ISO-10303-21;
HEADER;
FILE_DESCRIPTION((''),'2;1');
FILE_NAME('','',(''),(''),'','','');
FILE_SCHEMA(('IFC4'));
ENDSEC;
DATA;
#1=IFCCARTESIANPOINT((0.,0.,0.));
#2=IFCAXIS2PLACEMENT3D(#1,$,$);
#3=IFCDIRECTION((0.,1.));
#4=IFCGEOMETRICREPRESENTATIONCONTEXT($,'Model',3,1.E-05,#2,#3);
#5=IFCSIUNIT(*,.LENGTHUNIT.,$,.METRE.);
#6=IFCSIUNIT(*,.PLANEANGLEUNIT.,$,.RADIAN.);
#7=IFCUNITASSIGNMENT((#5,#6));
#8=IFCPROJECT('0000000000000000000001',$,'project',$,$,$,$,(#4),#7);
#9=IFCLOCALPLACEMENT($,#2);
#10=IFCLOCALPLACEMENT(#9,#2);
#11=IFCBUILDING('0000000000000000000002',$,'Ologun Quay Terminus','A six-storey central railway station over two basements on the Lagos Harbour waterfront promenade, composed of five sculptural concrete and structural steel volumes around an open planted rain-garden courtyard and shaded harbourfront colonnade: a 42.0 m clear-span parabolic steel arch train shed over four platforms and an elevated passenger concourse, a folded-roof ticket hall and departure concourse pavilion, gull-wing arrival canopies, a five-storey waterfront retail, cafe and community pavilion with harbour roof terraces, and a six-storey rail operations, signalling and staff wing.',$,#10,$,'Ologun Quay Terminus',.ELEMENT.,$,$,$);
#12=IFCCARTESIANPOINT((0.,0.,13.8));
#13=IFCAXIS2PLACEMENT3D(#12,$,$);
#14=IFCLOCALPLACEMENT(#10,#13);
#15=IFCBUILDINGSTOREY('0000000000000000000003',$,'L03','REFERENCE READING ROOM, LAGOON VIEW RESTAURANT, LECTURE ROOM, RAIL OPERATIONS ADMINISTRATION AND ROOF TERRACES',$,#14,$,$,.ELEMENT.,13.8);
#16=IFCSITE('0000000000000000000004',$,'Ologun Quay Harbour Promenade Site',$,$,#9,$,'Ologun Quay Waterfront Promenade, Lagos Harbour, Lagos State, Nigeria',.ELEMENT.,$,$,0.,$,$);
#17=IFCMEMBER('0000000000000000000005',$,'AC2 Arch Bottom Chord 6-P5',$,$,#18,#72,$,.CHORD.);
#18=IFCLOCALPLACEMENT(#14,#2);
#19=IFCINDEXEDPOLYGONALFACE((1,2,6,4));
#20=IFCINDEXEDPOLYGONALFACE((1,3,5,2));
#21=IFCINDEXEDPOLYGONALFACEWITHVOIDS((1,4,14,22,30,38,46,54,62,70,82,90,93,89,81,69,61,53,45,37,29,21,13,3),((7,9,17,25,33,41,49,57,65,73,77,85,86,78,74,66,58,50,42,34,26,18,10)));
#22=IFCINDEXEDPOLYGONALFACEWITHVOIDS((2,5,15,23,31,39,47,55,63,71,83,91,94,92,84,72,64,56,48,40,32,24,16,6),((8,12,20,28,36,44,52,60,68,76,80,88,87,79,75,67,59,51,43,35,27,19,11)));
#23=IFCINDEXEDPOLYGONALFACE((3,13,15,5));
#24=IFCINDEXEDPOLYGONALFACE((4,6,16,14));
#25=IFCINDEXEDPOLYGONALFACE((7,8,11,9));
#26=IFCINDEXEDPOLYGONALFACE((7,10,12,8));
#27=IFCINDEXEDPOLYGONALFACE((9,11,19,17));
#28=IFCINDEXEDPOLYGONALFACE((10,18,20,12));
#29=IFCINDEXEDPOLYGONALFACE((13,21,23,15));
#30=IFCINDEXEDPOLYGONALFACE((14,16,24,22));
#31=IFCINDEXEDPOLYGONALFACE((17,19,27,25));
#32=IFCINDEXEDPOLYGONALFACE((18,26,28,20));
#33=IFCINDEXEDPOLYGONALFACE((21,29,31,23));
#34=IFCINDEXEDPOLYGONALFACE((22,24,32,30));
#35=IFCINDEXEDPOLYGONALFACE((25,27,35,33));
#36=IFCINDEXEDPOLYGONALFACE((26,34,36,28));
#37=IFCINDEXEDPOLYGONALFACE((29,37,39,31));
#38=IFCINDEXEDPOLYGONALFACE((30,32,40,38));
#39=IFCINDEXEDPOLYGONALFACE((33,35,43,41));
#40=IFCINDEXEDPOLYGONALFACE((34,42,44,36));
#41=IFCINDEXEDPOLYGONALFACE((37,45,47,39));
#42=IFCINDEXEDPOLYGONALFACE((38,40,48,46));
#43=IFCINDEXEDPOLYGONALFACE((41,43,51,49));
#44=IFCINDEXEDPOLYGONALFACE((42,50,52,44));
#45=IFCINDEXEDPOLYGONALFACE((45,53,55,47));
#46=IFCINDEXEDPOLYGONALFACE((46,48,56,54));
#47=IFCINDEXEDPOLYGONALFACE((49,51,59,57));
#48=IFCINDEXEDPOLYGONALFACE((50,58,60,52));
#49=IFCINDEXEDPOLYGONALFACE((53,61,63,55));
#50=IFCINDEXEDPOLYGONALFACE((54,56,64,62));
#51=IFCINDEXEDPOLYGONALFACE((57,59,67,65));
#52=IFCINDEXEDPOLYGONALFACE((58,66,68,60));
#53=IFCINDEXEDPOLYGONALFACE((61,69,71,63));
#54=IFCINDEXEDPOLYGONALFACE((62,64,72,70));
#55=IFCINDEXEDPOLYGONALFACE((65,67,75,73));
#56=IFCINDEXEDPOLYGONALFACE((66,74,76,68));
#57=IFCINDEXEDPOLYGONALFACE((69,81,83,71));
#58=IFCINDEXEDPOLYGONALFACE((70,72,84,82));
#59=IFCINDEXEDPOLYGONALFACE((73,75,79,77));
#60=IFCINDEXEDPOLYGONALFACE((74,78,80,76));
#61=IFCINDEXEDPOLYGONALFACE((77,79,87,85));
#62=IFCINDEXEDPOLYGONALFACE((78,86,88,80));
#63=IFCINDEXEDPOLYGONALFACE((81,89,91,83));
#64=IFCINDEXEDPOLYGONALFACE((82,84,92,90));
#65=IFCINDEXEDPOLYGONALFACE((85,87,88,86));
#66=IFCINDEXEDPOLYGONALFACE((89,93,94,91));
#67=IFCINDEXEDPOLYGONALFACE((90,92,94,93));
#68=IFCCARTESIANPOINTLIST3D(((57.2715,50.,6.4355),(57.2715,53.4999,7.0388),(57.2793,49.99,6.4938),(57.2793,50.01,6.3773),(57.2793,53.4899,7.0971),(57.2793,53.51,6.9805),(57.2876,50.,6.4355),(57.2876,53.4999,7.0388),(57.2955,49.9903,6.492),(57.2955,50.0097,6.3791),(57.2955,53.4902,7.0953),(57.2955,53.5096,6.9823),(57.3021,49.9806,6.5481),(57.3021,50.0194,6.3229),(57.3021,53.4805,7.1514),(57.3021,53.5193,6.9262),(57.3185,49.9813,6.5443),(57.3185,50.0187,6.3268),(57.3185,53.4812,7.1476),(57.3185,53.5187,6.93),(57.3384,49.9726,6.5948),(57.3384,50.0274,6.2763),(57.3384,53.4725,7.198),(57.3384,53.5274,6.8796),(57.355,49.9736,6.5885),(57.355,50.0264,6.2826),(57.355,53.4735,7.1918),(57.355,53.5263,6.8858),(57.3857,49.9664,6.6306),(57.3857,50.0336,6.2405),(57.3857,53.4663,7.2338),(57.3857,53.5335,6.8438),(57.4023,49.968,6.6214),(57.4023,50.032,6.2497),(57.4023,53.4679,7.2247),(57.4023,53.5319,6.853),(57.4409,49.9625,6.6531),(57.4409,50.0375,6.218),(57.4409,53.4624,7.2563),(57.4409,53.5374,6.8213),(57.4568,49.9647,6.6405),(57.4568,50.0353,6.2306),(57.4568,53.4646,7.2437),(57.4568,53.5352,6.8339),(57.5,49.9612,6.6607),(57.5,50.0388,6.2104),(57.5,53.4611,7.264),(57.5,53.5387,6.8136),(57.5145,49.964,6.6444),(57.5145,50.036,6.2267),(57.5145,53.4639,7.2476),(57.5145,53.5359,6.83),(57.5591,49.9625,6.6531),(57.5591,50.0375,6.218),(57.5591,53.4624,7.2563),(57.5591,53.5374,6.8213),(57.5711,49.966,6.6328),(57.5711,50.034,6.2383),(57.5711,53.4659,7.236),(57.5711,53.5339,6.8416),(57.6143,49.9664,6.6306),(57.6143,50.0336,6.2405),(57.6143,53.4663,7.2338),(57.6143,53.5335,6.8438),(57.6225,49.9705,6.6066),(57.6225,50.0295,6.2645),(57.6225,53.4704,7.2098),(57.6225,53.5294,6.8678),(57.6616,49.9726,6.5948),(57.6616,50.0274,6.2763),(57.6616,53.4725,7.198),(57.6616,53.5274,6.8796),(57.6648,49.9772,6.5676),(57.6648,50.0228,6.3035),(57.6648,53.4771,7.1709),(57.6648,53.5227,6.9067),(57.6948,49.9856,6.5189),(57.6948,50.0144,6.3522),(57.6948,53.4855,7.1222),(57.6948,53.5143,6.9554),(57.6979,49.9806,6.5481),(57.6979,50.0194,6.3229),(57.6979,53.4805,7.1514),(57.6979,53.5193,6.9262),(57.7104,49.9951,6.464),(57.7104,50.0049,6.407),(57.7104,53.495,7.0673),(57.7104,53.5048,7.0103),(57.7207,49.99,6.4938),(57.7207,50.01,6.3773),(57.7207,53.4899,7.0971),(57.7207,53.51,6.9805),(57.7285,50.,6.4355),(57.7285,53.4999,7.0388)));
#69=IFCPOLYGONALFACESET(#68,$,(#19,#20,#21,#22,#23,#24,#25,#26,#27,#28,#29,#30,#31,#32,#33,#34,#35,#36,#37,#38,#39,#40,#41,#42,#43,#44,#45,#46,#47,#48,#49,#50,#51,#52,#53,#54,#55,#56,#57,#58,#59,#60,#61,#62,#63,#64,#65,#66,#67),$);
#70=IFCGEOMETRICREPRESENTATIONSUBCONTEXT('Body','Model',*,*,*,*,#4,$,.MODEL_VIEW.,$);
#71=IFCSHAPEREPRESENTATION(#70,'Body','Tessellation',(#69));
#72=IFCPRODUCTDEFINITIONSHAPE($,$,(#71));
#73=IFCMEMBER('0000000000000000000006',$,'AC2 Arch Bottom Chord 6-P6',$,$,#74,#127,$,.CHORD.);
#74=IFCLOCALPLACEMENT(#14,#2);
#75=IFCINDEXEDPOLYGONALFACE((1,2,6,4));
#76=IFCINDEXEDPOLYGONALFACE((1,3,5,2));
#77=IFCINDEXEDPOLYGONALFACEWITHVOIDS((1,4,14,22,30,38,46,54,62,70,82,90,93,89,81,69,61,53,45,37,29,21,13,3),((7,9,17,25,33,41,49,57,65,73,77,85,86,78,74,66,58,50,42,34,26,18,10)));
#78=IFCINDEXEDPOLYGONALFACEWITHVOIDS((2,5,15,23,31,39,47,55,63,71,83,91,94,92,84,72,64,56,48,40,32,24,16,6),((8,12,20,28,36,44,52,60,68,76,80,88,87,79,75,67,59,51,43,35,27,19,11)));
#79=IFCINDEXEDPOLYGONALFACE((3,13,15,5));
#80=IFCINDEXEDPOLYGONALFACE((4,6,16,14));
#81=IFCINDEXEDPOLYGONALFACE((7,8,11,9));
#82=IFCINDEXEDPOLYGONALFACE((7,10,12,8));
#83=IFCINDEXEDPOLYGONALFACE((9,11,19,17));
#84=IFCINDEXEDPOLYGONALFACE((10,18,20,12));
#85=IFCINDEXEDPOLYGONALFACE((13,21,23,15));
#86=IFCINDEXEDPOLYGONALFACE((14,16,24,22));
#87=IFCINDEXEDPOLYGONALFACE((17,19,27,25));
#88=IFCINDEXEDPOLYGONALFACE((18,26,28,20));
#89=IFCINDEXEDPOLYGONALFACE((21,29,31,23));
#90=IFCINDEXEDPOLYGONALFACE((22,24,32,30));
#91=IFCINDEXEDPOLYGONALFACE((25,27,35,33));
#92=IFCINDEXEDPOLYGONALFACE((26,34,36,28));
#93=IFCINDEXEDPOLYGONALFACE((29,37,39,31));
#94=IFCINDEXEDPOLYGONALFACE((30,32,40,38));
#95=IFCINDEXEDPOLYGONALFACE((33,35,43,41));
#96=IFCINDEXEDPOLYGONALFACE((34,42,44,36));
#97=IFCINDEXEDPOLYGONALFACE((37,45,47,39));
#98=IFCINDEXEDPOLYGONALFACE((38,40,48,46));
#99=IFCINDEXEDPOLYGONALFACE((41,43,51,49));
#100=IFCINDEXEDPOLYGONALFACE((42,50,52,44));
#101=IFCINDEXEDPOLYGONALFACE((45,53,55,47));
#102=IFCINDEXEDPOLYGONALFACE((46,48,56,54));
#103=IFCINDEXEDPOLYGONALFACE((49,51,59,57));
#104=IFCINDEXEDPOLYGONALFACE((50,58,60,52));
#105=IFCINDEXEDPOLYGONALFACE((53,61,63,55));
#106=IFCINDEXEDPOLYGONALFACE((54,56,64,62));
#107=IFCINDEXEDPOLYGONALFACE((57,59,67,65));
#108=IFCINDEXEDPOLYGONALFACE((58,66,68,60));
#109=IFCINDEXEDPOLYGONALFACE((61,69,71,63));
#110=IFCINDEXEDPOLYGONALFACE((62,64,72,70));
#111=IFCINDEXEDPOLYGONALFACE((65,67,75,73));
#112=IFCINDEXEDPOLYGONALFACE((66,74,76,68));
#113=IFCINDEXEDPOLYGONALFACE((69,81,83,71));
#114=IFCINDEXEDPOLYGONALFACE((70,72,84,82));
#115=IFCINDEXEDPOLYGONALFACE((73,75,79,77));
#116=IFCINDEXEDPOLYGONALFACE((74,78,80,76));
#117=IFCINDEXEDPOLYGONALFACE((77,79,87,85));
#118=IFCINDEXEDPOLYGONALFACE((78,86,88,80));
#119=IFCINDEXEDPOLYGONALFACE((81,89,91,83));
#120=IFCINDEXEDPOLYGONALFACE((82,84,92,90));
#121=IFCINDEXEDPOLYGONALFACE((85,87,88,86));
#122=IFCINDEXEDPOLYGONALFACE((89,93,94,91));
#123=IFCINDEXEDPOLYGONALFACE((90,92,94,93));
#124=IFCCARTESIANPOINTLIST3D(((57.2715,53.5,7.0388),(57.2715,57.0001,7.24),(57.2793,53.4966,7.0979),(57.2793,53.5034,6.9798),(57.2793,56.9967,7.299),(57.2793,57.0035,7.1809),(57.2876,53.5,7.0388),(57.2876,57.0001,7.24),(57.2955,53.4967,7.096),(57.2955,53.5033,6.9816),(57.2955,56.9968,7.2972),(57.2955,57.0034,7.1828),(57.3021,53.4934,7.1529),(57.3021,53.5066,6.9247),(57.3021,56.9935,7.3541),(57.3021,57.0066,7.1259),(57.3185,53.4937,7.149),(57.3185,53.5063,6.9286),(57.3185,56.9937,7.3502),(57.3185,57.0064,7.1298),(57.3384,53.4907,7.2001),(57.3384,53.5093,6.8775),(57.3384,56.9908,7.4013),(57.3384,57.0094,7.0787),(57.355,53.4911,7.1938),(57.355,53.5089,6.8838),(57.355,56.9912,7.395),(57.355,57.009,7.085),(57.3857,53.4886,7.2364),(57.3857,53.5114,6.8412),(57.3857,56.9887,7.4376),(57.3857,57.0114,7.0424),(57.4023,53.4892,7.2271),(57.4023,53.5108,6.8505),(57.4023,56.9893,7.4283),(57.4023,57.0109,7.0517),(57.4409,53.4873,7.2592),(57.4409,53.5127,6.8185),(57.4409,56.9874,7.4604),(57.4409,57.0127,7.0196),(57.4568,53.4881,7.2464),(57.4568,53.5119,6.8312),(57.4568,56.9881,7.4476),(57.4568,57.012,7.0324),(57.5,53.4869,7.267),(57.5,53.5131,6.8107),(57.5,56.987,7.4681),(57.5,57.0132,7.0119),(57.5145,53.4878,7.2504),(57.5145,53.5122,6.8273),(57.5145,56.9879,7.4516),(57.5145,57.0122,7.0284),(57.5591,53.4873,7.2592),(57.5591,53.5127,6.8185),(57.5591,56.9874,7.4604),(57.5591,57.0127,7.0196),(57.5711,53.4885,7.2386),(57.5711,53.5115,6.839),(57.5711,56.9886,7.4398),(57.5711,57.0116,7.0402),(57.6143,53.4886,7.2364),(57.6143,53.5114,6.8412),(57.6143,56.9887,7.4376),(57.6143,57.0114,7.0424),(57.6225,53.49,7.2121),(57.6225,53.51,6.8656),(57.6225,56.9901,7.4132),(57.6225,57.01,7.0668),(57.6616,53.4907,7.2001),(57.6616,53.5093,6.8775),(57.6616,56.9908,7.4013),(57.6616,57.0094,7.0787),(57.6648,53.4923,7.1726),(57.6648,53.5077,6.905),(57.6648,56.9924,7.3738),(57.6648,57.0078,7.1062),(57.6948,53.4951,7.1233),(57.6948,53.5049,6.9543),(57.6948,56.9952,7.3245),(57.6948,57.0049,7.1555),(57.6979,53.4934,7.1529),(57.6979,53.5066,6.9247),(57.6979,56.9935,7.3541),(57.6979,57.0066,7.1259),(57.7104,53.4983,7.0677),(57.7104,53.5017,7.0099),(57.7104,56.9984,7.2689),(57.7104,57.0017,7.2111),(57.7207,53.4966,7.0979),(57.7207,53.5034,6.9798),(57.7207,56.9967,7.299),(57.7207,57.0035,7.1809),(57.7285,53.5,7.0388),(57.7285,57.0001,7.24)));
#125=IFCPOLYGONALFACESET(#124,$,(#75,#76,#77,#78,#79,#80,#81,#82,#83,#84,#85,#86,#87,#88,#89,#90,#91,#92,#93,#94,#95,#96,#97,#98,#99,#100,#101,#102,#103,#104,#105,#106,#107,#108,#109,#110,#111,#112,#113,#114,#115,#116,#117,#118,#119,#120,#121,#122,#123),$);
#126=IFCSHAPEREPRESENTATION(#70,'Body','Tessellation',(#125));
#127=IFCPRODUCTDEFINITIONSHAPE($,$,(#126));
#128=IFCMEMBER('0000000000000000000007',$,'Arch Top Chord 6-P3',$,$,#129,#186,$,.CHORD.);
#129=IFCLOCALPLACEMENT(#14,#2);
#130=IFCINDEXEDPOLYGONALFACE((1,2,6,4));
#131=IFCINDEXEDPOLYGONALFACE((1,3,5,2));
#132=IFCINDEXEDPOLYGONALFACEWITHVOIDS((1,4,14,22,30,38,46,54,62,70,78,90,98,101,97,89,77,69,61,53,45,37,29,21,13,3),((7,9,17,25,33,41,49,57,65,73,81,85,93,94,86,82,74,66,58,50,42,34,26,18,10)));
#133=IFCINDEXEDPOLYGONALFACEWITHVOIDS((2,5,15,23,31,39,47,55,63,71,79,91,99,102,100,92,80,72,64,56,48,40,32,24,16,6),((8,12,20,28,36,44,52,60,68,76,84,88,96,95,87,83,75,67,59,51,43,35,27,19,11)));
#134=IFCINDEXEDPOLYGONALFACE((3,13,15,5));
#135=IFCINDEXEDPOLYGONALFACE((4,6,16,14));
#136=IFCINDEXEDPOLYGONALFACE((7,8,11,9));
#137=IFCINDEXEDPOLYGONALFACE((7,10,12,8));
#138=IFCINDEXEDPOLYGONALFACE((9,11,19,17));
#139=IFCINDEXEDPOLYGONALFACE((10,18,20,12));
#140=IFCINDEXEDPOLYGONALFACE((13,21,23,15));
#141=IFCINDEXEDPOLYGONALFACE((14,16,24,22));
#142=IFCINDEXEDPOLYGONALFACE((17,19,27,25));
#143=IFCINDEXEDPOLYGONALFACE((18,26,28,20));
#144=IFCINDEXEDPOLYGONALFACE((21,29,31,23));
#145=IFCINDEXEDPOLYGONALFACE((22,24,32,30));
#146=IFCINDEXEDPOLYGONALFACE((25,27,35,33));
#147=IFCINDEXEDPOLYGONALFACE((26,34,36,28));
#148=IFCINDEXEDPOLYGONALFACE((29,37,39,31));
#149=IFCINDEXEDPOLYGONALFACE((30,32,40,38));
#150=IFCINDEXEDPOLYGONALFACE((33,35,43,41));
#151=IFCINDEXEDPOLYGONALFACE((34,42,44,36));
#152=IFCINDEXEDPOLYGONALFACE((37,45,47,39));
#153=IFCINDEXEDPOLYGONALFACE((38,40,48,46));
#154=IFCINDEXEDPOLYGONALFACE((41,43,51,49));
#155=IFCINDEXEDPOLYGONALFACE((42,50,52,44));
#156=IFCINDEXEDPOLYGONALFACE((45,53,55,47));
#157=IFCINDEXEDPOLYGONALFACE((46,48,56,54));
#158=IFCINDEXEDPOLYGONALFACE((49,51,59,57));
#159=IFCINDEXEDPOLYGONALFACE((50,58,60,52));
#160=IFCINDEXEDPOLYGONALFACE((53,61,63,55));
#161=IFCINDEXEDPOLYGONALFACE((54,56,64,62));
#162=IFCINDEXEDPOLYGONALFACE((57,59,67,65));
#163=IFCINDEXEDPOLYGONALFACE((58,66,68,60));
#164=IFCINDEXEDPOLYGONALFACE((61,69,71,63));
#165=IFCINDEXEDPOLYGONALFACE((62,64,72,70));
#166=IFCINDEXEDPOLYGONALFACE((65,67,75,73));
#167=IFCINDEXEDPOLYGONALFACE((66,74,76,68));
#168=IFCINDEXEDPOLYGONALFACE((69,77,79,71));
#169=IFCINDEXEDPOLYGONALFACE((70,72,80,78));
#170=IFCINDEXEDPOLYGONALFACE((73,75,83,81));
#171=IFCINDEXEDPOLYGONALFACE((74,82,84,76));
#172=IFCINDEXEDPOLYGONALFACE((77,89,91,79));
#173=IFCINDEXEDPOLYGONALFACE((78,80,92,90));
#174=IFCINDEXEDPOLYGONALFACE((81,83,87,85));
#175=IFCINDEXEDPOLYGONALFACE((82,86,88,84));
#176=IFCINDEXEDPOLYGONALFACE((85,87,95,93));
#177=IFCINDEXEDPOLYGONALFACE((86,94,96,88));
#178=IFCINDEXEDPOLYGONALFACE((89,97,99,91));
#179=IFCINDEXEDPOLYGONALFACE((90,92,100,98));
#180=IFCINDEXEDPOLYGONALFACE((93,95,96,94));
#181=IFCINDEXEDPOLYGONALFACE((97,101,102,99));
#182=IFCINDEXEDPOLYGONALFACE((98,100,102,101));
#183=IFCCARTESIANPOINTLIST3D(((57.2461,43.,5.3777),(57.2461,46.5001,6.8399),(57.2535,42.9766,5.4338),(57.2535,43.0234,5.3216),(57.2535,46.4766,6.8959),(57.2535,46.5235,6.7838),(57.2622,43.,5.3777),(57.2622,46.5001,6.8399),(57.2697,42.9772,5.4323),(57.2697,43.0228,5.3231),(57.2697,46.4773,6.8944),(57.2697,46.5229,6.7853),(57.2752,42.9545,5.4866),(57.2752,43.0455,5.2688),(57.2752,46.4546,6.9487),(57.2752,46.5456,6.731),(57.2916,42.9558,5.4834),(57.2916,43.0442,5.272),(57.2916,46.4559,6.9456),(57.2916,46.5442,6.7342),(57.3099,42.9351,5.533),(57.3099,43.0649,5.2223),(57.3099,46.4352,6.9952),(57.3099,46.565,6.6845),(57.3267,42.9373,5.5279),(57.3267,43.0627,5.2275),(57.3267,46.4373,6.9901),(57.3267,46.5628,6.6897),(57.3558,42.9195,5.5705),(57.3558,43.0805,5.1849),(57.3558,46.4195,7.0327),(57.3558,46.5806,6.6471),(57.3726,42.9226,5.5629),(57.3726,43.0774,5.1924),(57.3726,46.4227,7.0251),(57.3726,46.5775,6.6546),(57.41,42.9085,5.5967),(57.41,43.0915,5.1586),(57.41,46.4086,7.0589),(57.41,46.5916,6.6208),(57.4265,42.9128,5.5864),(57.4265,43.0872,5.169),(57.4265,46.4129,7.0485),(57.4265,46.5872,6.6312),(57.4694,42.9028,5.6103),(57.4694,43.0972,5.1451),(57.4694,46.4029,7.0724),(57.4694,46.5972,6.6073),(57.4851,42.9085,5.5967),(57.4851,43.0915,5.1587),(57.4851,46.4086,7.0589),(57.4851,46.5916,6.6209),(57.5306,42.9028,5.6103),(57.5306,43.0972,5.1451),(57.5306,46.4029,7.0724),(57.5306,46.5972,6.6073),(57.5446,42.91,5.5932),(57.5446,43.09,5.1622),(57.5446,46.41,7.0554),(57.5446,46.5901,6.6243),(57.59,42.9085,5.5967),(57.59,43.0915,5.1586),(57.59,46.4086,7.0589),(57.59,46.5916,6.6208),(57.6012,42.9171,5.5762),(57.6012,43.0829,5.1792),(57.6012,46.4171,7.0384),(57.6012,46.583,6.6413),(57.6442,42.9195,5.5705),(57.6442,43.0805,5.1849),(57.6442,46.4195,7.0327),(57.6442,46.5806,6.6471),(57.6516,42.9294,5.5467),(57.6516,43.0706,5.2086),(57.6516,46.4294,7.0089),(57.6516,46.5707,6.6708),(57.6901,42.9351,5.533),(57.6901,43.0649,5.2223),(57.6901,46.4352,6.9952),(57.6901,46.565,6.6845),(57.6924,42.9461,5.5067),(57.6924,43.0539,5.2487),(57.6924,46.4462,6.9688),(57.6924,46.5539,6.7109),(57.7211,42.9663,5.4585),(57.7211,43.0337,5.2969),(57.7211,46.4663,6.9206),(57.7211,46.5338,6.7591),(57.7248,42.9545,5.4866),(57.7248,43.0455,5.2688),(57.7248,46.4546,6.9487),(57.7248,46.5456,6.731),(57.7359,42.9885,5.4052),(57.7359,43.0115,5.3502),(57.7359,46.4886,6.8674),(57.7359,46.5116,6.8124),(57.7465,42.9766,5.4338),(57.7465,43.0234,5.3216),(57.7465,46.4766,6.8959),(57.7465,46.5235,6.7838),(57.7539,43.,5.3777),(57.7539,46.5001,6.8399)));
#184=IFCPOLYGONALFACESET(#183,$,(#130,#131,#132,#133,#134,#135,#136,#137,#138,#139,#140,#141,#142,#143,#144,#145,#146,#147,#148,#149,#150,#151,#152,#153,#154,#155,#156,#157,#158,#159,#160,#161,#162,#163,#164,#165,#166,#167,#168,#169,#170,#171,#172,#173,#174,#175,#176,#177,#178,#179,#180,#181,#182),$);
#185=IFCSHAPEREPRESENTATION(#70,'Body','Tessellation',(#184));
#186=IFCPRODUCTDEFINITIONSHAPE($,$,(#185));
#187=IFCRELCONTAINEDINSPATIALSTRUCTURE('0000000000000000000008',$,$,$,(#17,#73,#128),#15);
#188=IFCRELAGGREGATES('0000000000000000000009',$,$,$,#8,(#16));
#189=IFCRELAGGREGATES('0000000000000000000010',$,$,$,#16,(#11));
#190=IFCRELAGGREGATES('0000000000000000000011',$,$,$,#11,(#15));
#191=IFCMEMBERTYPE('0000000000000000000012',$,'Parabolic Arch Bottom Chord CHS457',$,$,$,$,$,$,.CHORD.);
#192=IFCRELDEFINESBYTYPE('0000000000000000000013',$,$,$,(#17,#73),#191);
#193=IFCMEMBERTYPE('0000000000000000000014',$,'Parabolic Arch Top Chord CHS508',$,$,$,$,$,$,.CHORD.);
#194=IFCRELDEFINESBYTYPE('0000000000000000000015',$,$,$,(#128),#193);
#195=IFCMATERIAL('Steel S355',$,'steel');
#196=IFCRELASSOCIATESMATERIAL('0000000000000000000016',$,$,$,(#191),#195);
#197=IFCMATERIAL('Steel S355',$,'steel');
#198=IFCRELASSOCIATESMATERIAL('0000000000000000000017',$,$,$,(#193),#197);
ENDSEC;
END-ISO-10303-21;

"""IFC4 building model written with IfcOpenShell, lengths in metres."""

from ifc_helpers import new_model, si_unit, direction, frame, origin, origin_2d, place, context, subcontext, project, spatial, hollow_circle, extrude, material, material_profile, profile_set, type_object, element, save


model = new_model("IFC4")

# Units and contexts
model_context = context("Model", 3, precision=1e-05, world=origin(), true_north=direction((0.0, 1.0)))
body_context = subcontext(model_context, "Body", "Model", "MODEL_VIEW")
ifc_project = project(units=[si_unit("LENGTHUNIT", "METRE"), si_unit("PLANEANGLEUNIT", "RADIAN")], contexts=[model_context])

# Site, building, storey
site_placement = place(None, origin())
site = spatial("IfcSite", under=ifc_project, at=site_placement, Name="Ologun Quay Harbour Promenade Site", LongName="Ologun Quay Waterfront Promenade, Lagos Harbour, Lagos State, Nigeria", CompositionType="ELEMENT", RefElevation=0.0)
building_placement = place(site_placement, origin())
building = spatial("IfcBuilding", under=site, at=building_placement, Name="Ologun Quay Terminus", Description="A six-storey central railway station over two basements on the Lagos Harbour waterfront promenade, composed of five sculptural concrete and structural steel volumes around an open planted rain-garden courtyard and shaded harbourfront colonnade: a 42.0 m clear-span parabolic steel arch train shed over four platforms and an elevated passenger concourse, a folded-roof ticket hall and departure concourse pavilion, gull-wing arrival canopies, a five-storey waterfront retail, cafe and community pavilion with harbour roof terraces, and a six-storey rail operations, signalling and staff wing.", LongName="Ologun Quay Terminus", CompositionType="ELEMENT")
storey_placement = place(building_placement, frame((0.0, 0.0, 13.8)))
storey = spatial("IfcBuildingStorey", under=building, at=storey_placement, Name="L03", Description="REFERENCE READING ROOM, LAGOON VIEW RESTAURANT, LECTURE ROOM, RAIL OPERATIONS ADMINISTRATION AND ROOF TERRACES", CompositionType="ELEMENT", Elevation=13.8)

# Members
ifc_material_1 = material(Name="Steel S355", Category="steel")
ifc_material_profile_1 = material_profile(ifc_material_1, hollow_circle(Radius=0.2285, WallThickness=0.0161, at=origin_2d()), Name="CHS 457x16")
ifc_profile_set_1 = profile_set([ifc_material_profile_1], Name="Steel S355")
member_type_1 = type_object("IfcMemberType", Name="Parabolic Arch Bottom Chord CHS457", PredefinedType="CHORD", material=ifc_profile_set_1)
member_1_placement = place(storey_placement, frame((57.5, 50.0, 6.4355), z_axis=(0.0, 0.985468, 0.169859), x_axis=(-1.0, 0.0, 0.0)))
element("IfcMember", 1, at=member_1_placement, inside=storey, type_object=member_type_1, Name="AC2 Arch Bottom Chord 6-P5", PredefinedType="CHORD", context=body_context, shape_type="SweptSolid", body=[
    extrude(hollow_circle(Radius=0.2285, WallThickness=0.0161, at=origin_2d()), origin(), (0.0, 0.0, 1.0), 3.5515),
])
member_2_placement = place(storey_placement, frame((57.5, 53.5, 7.0388), z_axis=(0.0, 0.998352, 0.057383), x_axis=(-1.0, 0.0, 0.0)))
element("IfcMember", 2, at=member_2_placement, inside=storey, type_object=member_type_1, Name="AC2 Arch Bottom Chord 6-P6", PredefinedType="CHORD", context=body_context, shape_type="SweptSolid", body=[
    extrude(hollow_circle(Radius=0.2285, WallThickness=0.0161, at=origin_2d()), origin(), (0.0, 0.0, 1.0), 3.5059),
])
ifc_material_2 = material(Name="Steel S355", Category="steel")
ifc_material_profile_2 = material_profile(ifc_material_2, hollow_circle(Radius=0.2539, WallThickness=0.0161, at=origin_2d()), Name="CHS 508x16")
ifc_profile_set_2 = profile_set([ifc_material_profile_2], Name="Steel S355")
member_type_2 = type_object("IfcMemberType", Name="Parabolic Arch Top Chord CHS508", PredefinedType="CHORD", material=ifc_profile_set_2)
member_3_placement = place(storey_placement, frame((57.5, 43.0, 5.3777), z_axis=(0.0, 0.922719, 0.385474), x_axis=(-1.0, 0.0, 0.0)))
element("IfcMember", 3, at=member_3_placement, inside=storey, type_object=member_type_2, Name="Arch Top Chord 6-P3", PredefinedType="CHORD", context=body_context, shape_type="SweptSolid", body=[
    extrude(hollow_circle(Radius=0.2539, WallThickness=0.0161, at=origin_2d()), origin(), (0.0, 0.0, 1.0), 3.7932),
])

save(model, "model.ifc")
